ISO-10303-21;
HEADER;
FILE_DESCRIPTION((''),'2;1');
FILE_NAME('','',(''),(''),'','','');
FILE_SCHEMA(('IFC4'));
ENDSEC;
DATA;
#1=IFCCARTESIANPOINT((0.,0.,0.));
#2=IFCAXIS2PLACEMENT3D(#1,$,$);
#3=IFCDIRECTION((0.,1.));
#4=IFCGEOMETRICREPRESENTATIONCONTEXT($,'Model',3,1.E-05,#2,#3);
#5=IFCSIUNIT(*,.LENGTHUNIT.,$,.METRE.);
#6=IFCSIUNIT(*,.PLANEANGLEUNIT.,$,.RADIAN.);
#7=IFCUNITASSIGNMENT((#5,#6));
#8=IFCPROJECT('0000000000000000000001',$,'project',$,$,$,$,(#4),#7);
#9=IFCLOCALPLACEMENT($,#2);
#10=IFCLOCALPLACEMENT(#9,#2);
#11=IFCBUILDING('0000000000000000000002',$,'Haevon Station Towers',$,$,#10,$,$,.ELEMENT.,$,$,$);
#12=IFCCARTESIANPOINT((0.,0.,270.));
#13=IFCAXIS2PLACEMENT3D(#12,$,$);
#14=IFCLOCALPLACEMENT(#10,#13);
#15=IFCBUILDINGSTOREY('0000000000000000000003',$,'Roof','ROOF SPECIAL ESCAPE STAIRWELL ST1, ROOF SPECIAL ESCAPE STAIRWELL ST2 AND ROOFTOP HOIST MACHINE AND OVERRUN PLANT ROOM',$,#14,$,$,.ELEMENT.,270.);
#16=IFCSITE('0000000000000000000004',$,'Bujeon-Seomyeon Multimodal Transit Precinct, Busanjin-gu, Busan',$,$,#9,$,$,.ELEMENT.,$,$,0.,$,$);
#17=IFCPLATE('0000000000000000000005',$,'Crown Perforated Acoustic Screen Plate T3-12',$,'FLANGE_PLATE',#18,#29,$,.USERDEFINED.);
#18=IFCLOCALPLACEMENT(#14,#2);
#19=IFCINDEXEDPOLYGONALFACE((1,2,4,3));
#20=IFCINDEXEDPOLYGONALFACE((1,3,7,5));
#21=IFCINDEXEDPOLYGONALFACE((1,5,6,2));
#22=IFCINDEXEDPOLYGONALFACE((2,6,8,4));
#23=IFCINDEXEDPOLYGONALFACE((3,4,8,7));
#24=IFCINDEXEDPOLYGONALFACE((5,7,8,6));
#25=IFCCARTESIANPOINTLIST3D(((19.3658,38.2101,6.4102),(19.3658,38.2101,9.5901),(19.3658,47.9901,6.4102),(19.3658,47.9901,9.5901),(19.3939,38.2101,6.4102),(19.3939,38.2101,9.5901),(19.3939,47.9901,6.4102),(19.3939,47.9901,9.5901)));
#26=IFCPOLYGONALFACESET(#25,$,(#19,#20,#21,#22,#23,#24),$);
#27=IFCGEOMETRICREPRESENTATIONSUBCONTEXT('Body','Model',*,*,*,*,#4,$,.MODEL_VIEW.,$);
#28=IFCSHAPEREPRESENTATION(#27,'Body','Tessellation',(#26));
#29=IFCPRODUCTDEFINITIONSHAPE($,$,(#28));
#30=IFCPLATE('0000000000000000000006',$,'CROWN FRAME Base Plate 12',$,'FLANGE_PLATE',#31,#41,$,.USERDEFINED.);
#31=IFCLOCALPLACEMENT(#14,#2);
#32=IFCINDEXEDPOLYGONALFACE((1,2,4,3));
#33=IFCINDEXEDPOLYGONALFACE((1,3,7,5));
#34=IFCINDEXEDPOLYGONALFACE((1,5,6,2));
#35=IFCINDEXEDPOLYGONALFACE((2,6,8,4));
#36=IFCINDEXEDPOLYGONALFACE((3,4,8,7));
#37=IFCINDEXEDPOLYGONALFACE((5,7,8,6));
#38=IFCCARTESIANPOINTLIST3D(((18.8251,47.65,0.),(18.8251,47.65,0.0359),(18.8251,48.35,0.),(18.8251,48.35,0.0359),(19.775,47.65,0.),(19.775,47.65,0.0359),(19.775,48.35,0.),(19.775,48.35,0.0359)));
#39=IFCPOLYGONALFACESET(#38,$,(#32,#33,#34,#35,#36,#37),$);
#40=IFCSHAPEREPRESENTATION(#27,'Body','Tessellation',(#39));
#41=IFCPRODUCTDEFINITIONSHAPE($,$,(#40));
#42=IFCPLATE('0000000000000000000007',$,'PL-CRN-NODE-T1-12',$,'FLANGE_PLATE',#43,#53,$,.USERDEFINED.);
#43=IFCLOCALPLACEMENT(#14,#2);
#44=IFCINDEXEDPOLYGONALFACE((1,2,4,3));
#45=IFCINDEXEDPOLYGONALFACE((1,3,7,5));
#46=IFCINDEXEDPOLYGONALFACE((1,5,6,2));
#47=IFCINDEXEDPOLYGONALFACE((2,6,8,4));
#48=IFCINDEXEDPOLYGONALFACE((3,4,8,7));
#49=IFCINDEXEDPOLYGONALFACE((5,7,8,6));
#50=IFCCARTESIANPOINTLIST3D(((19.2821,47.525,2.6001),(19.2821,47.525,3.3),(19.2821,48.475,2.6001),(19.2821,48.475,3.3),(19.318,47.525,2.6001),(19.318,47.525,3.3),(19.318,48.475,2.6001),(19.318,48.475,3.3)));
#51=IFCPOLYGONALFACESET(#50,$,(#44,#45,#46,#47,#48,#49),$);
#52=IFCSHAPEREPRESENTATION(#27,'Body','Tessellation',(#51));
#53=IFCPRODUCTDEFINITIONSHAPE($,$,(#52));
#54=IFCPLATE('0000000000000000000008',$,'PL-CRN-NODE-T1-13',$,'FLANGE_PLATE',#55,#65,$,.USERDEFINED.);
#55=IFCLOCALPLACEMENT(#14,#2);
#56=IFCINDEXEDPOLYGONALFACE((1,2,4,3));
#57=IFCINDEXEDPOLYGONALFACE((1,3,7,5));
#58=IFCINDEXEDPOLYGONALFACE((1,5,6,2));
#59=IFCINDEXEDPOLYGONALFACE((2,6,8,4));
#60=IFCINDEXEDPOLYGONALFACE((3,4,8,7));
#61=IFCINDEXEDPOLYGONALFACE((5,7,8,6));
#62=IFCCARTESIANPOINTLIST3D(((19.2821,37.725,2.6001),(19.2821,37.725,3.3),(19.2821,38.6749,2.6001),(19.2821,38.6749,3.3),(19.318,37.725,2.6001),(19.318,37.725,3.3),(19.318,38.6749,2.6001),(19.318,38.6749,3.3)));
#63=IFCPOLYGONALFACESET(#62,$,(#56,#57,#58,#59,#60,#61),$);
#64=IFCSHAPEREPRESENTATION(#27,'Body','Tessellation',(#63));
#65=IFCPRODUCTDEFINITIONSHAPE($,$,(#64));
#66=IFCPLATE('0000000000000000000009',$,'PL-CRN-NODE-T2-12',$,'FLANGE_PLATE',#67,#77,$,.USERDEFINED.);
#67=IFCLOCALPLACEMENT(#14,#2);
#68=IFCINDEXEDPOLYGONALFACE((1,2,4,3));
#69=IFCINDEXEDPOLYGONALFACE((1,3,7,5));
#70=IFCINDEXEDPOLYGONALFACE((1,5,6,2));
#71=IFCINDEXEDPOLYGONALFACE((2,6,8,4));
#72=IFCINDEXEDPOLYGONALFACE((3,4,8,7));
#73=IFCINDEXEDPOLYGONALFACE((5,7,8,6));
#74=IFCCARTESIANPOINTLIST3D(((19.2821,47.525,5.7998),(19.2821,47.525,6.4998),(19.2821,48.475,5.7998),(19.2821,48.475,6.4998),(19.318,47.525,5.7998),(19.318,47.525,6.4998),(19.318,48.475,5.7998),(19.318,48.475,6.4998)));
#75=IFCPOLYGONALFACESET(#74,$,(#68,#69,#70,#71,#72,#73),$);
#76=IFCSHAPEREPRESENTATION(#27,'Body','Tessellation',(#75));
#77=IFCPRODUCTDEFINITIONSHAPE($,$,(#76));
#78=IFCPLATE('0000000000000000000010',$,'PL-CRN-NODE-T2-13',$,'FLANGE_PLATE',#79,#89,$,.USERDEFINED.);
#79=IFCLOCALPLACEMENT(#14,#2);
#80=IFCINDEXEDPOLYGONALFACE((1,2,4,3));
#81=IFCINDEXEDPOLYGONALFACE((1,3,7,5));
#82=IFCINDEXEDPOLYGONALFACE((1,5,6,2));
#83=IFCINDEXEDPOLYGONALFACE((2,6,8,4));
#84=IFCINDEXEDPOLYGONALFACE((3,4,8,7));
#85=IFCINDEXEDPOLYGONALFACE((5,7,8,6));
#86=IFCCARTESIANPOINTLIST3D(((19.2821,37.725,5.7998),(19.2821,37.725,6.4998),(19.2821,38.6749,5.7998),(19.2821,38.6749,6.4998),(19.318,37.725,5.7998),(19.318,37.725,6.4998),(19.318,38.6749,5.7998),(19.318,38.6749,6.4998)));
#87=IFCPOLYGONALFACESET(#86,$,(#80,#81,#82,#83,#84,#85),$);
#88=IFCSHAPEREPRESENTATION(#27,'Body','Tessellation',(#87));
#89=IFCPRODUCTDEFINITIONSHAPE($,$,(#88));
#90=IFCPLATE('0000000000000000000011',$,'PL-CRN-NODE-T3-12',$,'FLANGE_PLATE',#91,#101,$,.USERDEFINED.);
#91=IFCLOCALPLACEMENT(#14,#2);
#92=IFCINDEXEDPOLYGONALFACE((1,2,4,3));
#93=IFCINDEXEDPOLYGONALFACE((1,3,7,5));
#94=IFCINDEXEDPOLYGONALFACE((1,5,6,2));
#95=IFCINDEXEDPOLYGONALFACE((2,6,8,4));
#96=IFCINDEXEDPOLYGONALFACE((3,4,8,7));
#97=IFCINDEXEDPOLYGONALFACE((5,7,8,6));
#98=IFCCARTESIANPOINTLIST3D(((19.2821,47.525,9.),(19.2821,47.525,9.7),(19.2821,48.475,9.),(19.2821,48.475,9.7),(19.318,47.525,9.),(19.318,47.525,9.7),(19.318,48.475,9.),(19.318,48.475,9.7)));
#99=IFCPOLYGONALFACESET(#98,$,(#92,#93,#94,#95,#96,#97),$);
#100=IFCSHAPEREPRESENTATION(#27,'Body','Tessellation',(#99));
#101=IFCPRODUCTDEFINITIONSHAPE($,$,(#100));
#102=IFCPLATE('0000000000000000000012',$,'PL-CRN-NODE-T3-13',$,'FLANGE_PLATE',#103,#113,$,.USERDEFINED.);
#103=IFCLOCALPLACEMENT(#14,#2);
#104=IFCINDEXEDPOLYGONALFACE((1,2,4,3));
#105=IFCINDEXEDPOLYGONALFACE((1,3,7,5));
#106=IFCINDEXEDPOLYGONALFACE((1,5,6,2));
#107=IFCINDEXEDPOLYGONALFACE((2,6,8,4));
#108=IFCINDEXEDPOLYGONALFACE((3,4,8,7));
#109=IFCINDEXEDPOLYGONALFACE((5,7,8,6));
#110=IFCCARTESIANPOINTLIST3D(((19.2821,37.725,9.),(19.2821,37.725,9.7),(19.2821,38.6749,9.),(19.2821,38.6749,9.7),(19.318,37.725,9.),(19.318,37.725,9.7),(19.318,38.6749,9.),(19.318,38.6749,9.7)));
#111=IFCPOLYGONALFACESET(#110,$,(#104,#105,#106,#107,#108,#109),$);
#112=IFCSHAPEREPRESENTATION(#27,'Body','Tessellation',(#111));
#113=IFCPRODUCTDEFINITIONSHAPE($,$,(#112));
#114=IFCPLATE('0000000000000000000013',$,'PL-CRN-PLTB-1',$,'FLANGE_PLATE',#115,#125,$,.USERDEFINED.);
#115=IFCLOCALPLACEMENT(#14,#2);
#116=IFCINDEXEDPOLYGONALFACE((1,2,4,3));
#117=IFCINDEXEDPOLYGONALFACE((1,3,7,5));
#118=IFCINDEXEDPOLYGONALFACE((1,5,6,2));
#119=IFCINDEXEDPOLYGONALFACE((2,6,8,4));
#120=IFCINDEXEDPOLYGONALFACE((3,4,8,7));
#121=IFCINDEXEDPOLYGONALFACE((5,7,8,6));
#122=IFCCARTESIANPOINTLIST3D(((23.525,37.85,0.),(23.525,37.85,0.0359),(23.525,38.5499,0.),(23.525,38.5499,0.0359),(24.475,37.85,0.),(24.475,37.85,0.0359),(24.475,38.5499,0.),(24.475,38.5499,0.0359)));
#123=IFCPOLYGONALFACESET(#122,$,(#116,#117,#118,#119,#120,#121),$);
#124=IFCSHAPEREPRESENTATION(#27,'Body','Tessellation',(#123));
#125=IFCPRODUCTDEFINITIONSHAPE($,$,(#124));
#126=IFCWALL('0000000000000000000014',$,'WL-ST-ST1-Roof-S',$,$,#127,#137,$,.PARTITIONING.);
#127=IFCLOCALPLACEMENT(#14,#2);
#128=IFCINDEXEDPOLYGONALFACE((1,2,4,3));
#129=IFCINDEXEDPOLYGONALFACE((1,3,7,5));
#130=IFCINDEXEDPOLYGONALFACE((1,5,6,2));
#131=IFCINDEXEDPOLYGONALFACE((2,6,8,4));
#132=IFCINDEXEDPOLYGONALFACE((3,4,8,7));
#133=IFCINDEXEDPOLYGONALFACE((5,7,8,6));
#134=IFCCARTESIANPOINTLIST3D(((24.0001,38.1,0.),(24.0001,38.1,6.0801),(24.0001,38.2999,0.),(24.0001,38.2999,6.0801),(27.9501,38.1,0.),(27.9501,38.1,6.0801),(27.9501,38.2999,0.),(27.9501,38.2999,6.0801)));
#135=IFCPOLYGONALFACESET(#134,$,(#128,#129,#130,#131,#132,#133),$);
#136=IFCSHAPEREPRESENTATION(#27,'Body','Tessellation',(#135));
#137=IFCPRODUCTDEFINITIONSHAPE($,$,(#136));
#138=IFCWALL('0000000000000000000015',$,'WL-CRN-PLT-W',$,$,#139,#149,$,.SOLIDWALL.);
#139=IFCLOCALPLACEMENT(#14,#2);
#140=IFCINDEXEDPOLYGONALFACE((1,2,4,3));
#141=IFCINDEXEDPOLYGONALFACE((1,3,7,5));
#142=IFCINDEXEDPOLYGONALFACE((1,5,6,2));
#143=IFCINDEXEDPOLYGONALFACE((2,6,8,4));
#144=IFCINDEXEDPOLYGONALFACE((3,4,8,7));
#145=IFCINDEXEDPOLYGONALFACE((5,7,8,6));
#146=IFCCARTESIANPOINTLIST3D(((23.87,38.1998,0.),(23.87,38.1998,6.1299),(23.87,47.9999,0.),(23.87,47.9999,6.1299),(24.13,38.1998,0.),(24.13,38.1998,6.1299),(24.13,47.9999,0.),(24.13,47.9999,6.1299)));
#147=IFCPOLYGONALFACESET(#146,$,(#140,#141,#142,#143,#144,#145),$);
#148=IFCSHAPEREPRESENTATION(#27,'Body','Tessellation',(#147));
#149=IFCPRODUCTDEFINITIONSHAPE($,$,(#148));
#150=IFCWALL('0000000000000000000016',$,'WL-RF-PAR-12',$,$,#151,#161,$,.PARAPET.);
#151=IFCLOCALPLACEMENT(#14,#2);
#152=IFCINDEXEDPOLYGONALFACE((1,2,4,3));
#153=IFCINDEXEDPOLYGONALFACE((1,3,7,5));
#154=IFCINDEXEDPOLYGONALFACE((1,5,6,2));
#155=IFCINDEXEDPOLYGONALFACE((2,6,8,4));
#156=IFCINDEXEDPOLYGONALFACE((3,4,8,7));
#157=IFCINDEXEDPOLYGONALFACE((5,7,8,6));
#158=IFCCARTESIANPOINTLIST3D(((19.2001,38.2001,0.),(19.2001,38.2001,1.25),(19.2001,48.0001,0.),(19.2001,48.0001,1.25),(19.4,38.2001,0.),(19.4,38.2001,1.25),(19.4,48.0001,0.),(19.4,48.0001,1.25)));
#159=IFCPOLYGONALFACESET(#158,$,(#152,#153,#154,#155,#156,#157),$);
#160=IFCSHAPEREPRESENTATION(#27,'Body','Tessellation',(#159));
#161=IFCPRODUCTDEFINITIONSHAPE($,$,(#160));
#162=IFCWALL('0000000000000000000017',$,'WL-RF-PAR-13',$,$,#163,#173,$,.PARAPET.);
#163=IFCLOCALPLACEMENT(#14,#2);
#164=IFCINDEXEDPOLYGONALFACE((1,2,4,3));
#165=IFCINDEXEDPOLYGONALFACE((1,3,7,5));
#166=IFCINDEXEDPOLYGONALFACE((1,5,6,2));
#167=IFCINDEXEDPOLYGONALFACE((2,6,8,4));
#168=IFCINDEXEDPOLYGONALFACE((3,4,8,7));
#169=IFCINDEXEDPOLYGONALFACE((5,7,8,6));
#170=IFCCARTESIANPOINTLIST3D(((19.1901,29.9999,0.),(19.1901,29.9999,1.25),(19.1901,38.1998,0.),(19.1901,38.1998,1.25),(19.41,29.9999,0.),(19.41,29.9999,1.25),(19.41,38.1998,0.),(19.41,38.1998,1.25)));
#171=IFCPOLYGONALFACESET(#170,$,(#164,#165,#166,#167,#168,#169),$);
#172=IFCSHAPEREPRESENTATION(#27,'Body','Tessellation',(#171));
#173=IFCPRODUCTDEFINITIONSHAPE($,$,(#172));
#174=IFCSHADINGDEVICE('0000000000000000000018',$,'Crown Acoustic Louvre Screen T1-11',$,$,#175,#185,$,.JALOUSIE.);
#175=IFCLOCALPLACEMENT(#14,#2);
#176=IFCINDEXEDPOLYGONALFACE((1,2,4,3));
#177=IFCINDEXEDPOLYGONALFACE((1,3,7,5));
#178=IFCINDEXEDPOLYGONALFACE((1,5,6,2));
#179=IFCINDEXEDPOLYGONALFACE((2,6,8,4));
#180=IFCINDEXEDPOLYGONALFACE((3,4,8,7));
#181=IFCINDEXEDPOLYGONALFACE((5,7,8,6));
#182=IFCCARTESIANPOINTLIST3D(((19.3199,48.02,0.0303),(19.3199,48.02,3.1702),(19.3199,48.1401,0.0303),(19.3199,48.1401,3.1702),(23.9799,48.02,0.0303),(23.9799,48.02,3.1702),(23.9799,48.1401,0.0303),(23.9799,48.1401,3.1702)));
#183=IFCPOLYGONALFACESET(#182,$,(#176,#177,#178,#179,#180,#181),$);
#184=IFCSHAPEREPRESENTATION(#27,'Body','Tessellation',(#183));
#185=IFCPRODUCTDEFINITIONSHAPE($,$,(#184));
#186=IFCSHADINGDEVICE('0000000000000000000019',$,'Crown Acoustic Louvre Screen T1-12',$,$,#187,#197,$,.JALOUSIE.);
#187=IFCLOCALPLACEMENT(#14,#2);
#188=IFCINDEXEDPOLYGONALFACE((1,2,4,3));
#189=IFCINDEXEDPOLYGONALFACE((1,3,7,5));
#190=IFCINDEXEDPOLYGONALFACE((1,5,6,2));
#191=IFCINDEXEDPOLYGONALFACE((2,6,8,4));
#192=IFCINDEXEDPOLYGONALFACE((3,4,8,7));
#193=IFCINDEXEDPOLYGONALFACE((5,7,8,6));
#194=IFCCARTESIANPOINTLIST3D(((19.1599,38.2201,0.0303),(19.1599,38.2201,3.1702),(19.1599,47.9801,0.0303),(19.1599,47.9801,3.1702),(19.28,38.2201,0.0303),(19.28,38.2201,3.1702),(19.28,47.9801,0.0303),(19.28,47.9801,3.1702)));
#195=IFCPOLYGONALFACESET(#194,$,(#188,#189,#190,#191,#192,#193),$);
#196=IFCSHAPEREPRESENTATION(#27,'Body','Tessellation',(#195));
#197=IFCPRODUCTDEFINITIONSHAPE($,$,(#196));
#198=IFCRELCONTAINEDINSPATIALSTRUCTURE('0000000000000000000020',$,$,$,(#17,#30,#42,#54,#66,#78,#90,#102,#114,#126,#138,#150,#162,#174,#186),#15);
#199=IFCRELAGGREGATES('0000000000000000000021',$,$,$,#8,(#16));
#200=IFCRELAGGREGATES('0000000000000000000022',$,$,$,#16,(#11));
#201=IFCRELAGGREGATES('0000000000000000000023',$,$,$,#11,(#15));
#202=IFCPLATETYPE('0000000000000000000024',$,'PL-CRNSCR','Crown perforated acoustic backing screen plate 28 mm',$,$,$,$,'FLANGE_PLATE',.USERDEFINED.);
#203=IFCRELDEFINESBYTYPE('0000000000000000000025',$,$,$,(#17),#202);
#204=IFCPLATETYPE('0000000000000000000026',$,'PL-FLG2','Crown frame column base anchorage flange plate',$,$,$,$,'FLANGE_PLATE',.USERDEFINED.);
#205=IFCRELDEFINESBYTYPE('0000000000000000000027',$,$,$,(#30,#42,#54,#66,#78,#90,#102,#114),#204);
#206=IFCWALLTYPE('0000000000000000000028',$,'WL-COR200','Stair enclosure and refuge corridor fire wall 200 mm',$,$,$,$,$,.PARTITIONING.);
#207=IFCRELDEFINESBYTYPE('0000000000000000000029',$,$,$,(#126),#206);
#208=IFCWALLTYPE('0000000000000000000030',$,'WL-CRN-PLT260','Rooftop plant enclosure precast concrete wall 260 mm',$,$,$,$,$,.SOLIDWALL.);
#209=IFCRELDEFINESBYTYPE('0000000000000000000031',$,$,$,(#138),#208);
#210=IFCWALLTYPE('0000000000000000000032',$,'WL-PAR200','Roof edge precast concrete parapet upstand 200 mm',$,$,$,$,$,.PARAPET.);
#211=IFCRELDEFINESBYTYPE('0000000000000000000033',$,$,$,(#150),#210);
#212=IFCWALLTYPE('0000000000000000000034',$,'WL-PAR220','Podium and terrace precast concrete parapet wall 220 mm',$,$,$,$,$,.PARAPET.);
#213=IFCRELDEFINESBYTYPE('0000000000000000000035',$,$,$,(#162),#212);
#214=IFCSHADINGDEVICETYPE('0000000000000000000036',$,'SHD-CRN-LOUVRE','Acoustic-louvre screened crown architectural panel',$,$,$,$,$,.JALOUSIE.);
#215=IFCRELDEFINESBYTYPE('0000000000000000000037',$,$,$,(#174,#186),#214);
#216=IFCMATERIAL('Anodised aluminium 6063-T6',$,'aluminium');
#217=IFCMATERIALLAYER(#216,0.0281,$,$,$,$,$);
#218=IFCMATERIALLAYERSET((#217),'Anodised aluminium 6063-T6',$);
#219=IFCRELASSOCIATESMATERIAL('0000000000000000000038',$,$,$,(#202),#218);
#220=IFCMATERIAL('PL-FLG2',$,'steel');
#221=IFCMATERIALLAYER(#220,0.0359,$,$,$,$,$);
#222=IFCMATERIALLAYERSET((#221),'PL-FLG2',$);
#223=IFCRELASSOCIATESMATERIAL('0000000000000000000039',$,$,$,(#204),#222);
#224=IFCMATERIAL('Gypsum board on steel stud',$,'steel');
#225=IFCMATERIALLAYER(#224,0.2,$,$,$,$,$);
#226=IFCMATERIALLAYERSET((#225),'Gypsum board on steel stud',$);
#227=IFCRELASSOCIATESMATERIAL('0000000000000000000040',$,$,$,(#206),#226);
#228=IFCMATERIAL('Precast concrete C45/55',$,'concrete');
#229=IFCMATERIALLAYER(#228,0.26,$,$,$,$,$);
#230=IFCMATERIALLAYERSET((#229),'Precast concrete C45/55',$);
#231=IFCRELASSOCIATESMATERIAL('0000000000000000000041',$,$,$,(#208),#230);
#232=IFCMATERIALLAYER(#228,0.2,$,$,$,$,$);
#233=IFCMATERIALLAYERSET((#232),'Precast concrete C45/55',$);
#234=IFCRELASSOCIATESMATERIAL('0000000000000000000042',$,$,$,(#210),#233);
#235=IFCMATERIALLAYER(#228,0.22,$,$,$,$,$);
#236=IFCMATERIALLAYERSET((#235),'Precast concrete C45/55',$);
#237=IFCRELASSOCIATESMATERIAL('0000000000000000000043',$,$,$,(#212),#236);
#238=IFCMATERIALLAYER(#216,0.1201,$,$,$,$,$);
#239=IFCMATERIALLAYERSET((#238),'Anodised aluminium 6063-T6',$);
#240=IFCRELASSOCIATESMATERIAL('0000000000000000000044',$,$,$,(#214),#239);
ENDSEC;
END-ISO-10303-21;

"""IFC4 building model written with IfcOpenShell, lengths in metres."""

from ifc_helpers import new_model, si_unit, direction, frame, frame_2d, origin, origin_2d, place, context, subcontext, project, spatial, rectangle, extrude, material, layer, layer_set, type_object, element, save


model = new_model("IFC4")

# Units and contexts
model_context = context("Model", 3, precision=1e-05, world=origin(), true_north=direction((0.0, 1.0)))
body_context = subcontext(model_context, "Body", "Model", "MODEL_VIEW")
ifc_project = project(units=[si_unit("LENGTHUNIT", "METRE"), si_unit("PLANEANGLEUNIT", "RADIAN")], contexts=[model_context])

# Site, building, storey
site_placement = place(None, origin())
site = spatial("IfcSite", under=ifc_project, at=site_placement, Name="Bujeon-Seomyeon Multimodal Transit Precinct, Busanjin-gu, Busan", CompositionType="ELEMENT", RefElevation=0.0)
building_placement = place(site_placement, origin())
building = spatial("IfcBuilding", under=site, at=building_placement, Name="Haevon Station Towers", CompositionType="ELEMENT")
storey_placement = place(building_placement, frame((0.0, 0.0, 270.0)))
storey = spatial("IfcBuildingStorey", under=building, at=storey_placement, Name="Roof", Description="ROOF SPECIAL ESCAPE STAIRWELL ST1, ROOF SPECIAL ESCAPE STAIRWELL ST2 AND ROOFTOP HOIST MACHINE AND OVERRUN PLANT ROOM", CompositionType="ELEMENT", Elevation=270.0)

# Plates
ifc_material_1 = material(Name="Anodised aluminium 6063-T6", Category="aluminium")
ifc_layer_1 = layer(ifc_material_1, 0.0281)
ifc_layer_set_1 = layer_set([ifc_layer_1], Name="Anodised aluminium 6063-T6")
plate_type_1 = type_object("IfcPlateType", Name="PL-CRNSCR", Description="Crown perforated acoustic backing screen plate 28 mm", ElementType="FLANGE_PLATE", PredefinedType="USERDEFINED", material=ifc_layer_set_1)
plate_1_placement = place(storey_placement, frame((19.3799, 43.1001, 6.4102), z_axis=(0.0, 0.0, 1.0), x_axis=(0.0, -1.0, 0.0)))
element("IfcPlate", 1, at=plate_1_placement, inside=storey, type_object=plate_type_1, Name="Crown Perforated Acoustic Screen Plate T3-12", ObjectType="FLANGE_PLATE", PredefinedType="USERDEFINED", context=body_context, shape_type="SweptSolid", body=[
    extrude(rectangle(XDim=9.78, YDim=0.0281, at=origin_2d()), origin(), (0.0, 0.0, 1.0), 3.1799),
])
ifc_material_2 = material(Name="PL-FLG2", Category="steel")
ifc_layer_2 = layer(ifc_material_2, 0.0359)
ifc_layer_set_2 = layer_set([ifc_layer_2], Name="PL-FLG2")
plate_type_2 = type_object("IfcPlateType", Name="PL-FLG2", Description="Crown frame column base anchorage flange plate", ElementType="FLANGE_PLATE", PredefinedType="USERDEFINED", material=ifc_layer_set_2)
plate_2_placement = place(storey_placement, frame((19.3, 48.0, 0.0), z_axis=(0.0, 0.0, 1.0), x_axis=(1.0, 0.0, 0.0)))
element("IfcPlate", 2, at=plate_2_placement, inside=storey, type_object=plate_type_2, Name="CROWN FRAME Base Plate 12", ObjectType="FLANGE_PLATE", PredefinedType="USERDEFINED", context=body_context, shape_type="SweptSolid", body=[
    extrude(rectangle(XDim=0.95, YDim=0.7, at=origin_2d()), origin(), (0.0, 0.0, 1.0), 0.0359),
])
for number, where, z_axis, x_axis, name in (
    (3, (19.3, 48.0, 2.6001), (0.0, 0.0, 1.0), (0.0, -1.0, 0.0), "PL-CRN-NODE-T1-12"),
    (4, (19.3, 38.2, 2.6001), (0.0, 0.0, 1.0), (0.0, -1.0, 0.0), "PL-CRN-NODE-T1-13"),
    (5, (19.3, 48.0, 5.7998), (0.0, 0.0, 1.0), (0.0, -1.0, 0.0), "PL-CRN-NODE-T2-12"),
    (6, (19.3, 38.2, 5.7998), (0.0, 0.0, 1.0), (0.0, -1.0, 0.0), "PL-CRN-NODE-T2-13"),
    (7, (19.3, 48.0, 9.0), (0.0, 0.0, 1.0), (0.0, -1.0, 0.0), "PL-CRN-NODE-T3-12"),
    (8, (19.3, 38.2, 9.0), (0.0, 0.0, 1.0), (0.0, -1.0, 0.0), "PL-CRN-NODE-T3-13"),
):
    element("IfcPlate", number, at=place(storey_placement, frame(where, z_axis=z_axis, x_axis=x_axis)), inside=storey, type_object=plate_type_2, Name=name, ObjectType="FLANGE_PLATE", PredefinedType="USERDEFINED", context=body_context, shape_type="SweptSolid", body=[
        extrude(rectangle(XDim=0.95, YDim=0.0359, at=origin_2d()), origin(), (0.0, 0.0, 1.0), 0.7),
    ])
plate_3_placement = place(storey_placement, frame((24.0, 38.2, 0.0), z_axis=(0.0, 0.0, 1.0), x_axis=(1.0, 0.0, 0.0)))
element("IfcPlate", 9, at=plate_3_placement, inside=storey, type_object=plate_type_2, Name="PL-CRN-PLTB-1", ObjectType="FLANGE_PLATE", PredefinedType="USERDEFINED", context=body_context, shape_type="SweptSolid", body=[
    extrude(rectangle(XDim=0.95, YDim=0.7, at=origin_2d()), origin(), (0.0, 0.0, 1.0), 0.0359),
])

# Walls
ifc_material_3 = material(Name="Gypsum board on steel stud", Category="steel")
ifc_layer_3 = layer(ifc_material_3, 0.2)
ifc_layer_set_3 = layer_set([ifc_layer_3], Name="Gypsum board on steel stud")
wall_type_1 = type_object("IfcWallType", Name="WL-COR200", Description="Stair enclosure and refuge corridor fire wall 200 mm", PredefinedType="PARTITIONING", material=ifc_layer_set_3)
wall_1_placement = place(storey_placement, frame((24.0, 38.2, 0.0), z_axis=(0.0, 0.0, 1.0), x_axis=(1.0, 0.0, 0.0)))
element("IfcWall", 10, at=wall_1_placement, inside=storey, type_object=wall_type_1, Name="WL-ST-ST1-Roof-S", PredefinedType="PARTITIONING", context=body_context, shape_type="SweptSolid", body=[
    extrude(rectangle(XDim=3.95, YDim=0.2, at=frame_2d((1.9751, 0.0))), origin(), (0.0, 0.0, 1.0), 6.0801),
])
ifc_material_4 = material(Name="Precast concrete C45/55", Category="concrete")
ifc_layer_4 = layer(ifc_material_4, 0.26)
ifc_layer_set_4 = layer_set([ifc_layer_4], Name="Precast concrete C45/55")
wall_type_2 = type_object("IfcWallType", Name="WL-CRN-PLT260", Description="Rooftop plant enclosure precast concrete wall 260 mm", PredefinedType="SOLIDWALL", material=ifc_layer_set_4)
wall_2_placement = place(storey_placement, frame((24.0, 38.2, 0.0), z_axis=(0.0, 0.0, 1.0), x_axis=(0.0, 1.0, 0.0)))
element("IfcWall", 11, at=wall_2_placement, inside=storey, type_object=wall_type_2, Name="WL-CRN-PLT-W", PredefinedType="SOLIDWALL", context=body_context, shape_type="SweptSolid", body=[
    extrude(rectangle(XDim=9.8, YDim=0.26, at=frame_2d((4.8999, 0.0))), origin(), (0.0, 0.0, 1.0), 6.1299),
])
ifc_layer_5 = layer(ifc_material_4, 0.2)
ifc_layer_set_5 = layer_set([ifc_layer_5], Name="Precast concrete C45/55")
wall_type_3 = type_object("IfcWallType", Name="WL-PAR200", Description="Roof edge precast concrete parapet upstand 200 mm", PredefinedType="PARAPET", material=ifc_layer_set_5)
wall_3_placement = place(storey_placement, frame((19.3, 48.0, 0.0), z_axis=(0.0, 0.0, 1.0), x_axis=(0.0, -1.0, 0.0)))
element("IfcWall", 12, at=wall_3_placement, inside=storey, type_object=wall_type_3, Name="WL-RF-PAR-12", PredefinedType="PARAPET", context=body_context, shape_type="SweptSolid", body=[
    extrude(rectangle(XDim=9.8, YDim=0.2, at=frame_2d((4.8999, 0.0))), origin(), (0.0, 0.0, 1.0), 1.25),
])
ifc_layer_6 = layer(ifc_material_4, 0.22)
ifc_layer_set_6 = layer_set([ifc_layer_6], Name="Precast concrete C45/55")
wall_type_4 = type_object("IfcWallType", Name="WL-PAR220", Description="Podium and terrace precast concrete parapet wall 220 mm", PredefinedType="PARAPET", material=ifc_layer_set_6)
wall_4_placement = place(storey_placement, frame((19.3, 38.2, 0.0), z_axis=(0.0, 0.0, 1.0), x_axis=(0.0, -1.0, 0.0)))
element("IfcWall", 13, at=wall_4_placement, inside=storey, type_object=wall_type_4, Name="WL-RF-PAR-13", PredefinedType="PARAPET", context=body_context, shape_type="SweptSolid", body=[
    extrude(rectangle(XDim=8.2, YDim=0.22, at=frame_2d((4.1001, 0.0))), origin(), (0.0, 0.0, 1.0), 1.25),
])

# Shading devices
ifc_layer_7 = layer(ifc_material_1, 0.1201)
ifc_layer_set_7 = layer_set([ifc_layer_7], Name="Anodised aluminium 6063-T6")
shading_device_type = type_object("IfcShadingDeviceType", Name="SHD-CRN-LOUVRE", Description="Acoustic-louvre screened crown architectural panel", PredefinedType="JALOUSIE", material=ifc_layer_set_7)
shading_device_1_placement = place(storey_placement, frame((21.6499, 48.0801, 0.0303), z_axis=(0.0, 0.0, 1.0), x_axis=(-1.0, 0.0, 0.0)))
element("IfcShadingDevice", 14, at=shading_device_1_placement, inside=storey, type_object=shading_device_type, Name="Crown Acoustic Louvre Screen T1-11", PredefinedType="JALOUSIE", context=body_context, shape_type="SweptSolid", body=[
    extrude(rectangle(XDim=4.6599, YDim=0.1201, at=origin_2d()), origin(), (0.0, 0.0, 1.0), 3.1399),
])
shading_device_2_placement = place(storey_placement, frame((19.22, 43.1001, 0.0303), z_axis=(0.0, 0.0, 1.0), x_axis=(0.0, -1.0, 0.0)))
element("IfcShadingDevice", 15, at=shading_device_2_placement, inside=storey, type_object=shading_device_type, Name="Crown Acoustic Louvre Screen T1-12", PredefinedType="JALOUSIE", context=body_context, shape_type="SweptSolid", body=[
    extrude(rectangle(XDim=9.76, YDim=0.1201, at=origin_2d()), origin(), (0.0, 0.0, 1.0), 3.1399),
])

save(model, "model.ifc")
